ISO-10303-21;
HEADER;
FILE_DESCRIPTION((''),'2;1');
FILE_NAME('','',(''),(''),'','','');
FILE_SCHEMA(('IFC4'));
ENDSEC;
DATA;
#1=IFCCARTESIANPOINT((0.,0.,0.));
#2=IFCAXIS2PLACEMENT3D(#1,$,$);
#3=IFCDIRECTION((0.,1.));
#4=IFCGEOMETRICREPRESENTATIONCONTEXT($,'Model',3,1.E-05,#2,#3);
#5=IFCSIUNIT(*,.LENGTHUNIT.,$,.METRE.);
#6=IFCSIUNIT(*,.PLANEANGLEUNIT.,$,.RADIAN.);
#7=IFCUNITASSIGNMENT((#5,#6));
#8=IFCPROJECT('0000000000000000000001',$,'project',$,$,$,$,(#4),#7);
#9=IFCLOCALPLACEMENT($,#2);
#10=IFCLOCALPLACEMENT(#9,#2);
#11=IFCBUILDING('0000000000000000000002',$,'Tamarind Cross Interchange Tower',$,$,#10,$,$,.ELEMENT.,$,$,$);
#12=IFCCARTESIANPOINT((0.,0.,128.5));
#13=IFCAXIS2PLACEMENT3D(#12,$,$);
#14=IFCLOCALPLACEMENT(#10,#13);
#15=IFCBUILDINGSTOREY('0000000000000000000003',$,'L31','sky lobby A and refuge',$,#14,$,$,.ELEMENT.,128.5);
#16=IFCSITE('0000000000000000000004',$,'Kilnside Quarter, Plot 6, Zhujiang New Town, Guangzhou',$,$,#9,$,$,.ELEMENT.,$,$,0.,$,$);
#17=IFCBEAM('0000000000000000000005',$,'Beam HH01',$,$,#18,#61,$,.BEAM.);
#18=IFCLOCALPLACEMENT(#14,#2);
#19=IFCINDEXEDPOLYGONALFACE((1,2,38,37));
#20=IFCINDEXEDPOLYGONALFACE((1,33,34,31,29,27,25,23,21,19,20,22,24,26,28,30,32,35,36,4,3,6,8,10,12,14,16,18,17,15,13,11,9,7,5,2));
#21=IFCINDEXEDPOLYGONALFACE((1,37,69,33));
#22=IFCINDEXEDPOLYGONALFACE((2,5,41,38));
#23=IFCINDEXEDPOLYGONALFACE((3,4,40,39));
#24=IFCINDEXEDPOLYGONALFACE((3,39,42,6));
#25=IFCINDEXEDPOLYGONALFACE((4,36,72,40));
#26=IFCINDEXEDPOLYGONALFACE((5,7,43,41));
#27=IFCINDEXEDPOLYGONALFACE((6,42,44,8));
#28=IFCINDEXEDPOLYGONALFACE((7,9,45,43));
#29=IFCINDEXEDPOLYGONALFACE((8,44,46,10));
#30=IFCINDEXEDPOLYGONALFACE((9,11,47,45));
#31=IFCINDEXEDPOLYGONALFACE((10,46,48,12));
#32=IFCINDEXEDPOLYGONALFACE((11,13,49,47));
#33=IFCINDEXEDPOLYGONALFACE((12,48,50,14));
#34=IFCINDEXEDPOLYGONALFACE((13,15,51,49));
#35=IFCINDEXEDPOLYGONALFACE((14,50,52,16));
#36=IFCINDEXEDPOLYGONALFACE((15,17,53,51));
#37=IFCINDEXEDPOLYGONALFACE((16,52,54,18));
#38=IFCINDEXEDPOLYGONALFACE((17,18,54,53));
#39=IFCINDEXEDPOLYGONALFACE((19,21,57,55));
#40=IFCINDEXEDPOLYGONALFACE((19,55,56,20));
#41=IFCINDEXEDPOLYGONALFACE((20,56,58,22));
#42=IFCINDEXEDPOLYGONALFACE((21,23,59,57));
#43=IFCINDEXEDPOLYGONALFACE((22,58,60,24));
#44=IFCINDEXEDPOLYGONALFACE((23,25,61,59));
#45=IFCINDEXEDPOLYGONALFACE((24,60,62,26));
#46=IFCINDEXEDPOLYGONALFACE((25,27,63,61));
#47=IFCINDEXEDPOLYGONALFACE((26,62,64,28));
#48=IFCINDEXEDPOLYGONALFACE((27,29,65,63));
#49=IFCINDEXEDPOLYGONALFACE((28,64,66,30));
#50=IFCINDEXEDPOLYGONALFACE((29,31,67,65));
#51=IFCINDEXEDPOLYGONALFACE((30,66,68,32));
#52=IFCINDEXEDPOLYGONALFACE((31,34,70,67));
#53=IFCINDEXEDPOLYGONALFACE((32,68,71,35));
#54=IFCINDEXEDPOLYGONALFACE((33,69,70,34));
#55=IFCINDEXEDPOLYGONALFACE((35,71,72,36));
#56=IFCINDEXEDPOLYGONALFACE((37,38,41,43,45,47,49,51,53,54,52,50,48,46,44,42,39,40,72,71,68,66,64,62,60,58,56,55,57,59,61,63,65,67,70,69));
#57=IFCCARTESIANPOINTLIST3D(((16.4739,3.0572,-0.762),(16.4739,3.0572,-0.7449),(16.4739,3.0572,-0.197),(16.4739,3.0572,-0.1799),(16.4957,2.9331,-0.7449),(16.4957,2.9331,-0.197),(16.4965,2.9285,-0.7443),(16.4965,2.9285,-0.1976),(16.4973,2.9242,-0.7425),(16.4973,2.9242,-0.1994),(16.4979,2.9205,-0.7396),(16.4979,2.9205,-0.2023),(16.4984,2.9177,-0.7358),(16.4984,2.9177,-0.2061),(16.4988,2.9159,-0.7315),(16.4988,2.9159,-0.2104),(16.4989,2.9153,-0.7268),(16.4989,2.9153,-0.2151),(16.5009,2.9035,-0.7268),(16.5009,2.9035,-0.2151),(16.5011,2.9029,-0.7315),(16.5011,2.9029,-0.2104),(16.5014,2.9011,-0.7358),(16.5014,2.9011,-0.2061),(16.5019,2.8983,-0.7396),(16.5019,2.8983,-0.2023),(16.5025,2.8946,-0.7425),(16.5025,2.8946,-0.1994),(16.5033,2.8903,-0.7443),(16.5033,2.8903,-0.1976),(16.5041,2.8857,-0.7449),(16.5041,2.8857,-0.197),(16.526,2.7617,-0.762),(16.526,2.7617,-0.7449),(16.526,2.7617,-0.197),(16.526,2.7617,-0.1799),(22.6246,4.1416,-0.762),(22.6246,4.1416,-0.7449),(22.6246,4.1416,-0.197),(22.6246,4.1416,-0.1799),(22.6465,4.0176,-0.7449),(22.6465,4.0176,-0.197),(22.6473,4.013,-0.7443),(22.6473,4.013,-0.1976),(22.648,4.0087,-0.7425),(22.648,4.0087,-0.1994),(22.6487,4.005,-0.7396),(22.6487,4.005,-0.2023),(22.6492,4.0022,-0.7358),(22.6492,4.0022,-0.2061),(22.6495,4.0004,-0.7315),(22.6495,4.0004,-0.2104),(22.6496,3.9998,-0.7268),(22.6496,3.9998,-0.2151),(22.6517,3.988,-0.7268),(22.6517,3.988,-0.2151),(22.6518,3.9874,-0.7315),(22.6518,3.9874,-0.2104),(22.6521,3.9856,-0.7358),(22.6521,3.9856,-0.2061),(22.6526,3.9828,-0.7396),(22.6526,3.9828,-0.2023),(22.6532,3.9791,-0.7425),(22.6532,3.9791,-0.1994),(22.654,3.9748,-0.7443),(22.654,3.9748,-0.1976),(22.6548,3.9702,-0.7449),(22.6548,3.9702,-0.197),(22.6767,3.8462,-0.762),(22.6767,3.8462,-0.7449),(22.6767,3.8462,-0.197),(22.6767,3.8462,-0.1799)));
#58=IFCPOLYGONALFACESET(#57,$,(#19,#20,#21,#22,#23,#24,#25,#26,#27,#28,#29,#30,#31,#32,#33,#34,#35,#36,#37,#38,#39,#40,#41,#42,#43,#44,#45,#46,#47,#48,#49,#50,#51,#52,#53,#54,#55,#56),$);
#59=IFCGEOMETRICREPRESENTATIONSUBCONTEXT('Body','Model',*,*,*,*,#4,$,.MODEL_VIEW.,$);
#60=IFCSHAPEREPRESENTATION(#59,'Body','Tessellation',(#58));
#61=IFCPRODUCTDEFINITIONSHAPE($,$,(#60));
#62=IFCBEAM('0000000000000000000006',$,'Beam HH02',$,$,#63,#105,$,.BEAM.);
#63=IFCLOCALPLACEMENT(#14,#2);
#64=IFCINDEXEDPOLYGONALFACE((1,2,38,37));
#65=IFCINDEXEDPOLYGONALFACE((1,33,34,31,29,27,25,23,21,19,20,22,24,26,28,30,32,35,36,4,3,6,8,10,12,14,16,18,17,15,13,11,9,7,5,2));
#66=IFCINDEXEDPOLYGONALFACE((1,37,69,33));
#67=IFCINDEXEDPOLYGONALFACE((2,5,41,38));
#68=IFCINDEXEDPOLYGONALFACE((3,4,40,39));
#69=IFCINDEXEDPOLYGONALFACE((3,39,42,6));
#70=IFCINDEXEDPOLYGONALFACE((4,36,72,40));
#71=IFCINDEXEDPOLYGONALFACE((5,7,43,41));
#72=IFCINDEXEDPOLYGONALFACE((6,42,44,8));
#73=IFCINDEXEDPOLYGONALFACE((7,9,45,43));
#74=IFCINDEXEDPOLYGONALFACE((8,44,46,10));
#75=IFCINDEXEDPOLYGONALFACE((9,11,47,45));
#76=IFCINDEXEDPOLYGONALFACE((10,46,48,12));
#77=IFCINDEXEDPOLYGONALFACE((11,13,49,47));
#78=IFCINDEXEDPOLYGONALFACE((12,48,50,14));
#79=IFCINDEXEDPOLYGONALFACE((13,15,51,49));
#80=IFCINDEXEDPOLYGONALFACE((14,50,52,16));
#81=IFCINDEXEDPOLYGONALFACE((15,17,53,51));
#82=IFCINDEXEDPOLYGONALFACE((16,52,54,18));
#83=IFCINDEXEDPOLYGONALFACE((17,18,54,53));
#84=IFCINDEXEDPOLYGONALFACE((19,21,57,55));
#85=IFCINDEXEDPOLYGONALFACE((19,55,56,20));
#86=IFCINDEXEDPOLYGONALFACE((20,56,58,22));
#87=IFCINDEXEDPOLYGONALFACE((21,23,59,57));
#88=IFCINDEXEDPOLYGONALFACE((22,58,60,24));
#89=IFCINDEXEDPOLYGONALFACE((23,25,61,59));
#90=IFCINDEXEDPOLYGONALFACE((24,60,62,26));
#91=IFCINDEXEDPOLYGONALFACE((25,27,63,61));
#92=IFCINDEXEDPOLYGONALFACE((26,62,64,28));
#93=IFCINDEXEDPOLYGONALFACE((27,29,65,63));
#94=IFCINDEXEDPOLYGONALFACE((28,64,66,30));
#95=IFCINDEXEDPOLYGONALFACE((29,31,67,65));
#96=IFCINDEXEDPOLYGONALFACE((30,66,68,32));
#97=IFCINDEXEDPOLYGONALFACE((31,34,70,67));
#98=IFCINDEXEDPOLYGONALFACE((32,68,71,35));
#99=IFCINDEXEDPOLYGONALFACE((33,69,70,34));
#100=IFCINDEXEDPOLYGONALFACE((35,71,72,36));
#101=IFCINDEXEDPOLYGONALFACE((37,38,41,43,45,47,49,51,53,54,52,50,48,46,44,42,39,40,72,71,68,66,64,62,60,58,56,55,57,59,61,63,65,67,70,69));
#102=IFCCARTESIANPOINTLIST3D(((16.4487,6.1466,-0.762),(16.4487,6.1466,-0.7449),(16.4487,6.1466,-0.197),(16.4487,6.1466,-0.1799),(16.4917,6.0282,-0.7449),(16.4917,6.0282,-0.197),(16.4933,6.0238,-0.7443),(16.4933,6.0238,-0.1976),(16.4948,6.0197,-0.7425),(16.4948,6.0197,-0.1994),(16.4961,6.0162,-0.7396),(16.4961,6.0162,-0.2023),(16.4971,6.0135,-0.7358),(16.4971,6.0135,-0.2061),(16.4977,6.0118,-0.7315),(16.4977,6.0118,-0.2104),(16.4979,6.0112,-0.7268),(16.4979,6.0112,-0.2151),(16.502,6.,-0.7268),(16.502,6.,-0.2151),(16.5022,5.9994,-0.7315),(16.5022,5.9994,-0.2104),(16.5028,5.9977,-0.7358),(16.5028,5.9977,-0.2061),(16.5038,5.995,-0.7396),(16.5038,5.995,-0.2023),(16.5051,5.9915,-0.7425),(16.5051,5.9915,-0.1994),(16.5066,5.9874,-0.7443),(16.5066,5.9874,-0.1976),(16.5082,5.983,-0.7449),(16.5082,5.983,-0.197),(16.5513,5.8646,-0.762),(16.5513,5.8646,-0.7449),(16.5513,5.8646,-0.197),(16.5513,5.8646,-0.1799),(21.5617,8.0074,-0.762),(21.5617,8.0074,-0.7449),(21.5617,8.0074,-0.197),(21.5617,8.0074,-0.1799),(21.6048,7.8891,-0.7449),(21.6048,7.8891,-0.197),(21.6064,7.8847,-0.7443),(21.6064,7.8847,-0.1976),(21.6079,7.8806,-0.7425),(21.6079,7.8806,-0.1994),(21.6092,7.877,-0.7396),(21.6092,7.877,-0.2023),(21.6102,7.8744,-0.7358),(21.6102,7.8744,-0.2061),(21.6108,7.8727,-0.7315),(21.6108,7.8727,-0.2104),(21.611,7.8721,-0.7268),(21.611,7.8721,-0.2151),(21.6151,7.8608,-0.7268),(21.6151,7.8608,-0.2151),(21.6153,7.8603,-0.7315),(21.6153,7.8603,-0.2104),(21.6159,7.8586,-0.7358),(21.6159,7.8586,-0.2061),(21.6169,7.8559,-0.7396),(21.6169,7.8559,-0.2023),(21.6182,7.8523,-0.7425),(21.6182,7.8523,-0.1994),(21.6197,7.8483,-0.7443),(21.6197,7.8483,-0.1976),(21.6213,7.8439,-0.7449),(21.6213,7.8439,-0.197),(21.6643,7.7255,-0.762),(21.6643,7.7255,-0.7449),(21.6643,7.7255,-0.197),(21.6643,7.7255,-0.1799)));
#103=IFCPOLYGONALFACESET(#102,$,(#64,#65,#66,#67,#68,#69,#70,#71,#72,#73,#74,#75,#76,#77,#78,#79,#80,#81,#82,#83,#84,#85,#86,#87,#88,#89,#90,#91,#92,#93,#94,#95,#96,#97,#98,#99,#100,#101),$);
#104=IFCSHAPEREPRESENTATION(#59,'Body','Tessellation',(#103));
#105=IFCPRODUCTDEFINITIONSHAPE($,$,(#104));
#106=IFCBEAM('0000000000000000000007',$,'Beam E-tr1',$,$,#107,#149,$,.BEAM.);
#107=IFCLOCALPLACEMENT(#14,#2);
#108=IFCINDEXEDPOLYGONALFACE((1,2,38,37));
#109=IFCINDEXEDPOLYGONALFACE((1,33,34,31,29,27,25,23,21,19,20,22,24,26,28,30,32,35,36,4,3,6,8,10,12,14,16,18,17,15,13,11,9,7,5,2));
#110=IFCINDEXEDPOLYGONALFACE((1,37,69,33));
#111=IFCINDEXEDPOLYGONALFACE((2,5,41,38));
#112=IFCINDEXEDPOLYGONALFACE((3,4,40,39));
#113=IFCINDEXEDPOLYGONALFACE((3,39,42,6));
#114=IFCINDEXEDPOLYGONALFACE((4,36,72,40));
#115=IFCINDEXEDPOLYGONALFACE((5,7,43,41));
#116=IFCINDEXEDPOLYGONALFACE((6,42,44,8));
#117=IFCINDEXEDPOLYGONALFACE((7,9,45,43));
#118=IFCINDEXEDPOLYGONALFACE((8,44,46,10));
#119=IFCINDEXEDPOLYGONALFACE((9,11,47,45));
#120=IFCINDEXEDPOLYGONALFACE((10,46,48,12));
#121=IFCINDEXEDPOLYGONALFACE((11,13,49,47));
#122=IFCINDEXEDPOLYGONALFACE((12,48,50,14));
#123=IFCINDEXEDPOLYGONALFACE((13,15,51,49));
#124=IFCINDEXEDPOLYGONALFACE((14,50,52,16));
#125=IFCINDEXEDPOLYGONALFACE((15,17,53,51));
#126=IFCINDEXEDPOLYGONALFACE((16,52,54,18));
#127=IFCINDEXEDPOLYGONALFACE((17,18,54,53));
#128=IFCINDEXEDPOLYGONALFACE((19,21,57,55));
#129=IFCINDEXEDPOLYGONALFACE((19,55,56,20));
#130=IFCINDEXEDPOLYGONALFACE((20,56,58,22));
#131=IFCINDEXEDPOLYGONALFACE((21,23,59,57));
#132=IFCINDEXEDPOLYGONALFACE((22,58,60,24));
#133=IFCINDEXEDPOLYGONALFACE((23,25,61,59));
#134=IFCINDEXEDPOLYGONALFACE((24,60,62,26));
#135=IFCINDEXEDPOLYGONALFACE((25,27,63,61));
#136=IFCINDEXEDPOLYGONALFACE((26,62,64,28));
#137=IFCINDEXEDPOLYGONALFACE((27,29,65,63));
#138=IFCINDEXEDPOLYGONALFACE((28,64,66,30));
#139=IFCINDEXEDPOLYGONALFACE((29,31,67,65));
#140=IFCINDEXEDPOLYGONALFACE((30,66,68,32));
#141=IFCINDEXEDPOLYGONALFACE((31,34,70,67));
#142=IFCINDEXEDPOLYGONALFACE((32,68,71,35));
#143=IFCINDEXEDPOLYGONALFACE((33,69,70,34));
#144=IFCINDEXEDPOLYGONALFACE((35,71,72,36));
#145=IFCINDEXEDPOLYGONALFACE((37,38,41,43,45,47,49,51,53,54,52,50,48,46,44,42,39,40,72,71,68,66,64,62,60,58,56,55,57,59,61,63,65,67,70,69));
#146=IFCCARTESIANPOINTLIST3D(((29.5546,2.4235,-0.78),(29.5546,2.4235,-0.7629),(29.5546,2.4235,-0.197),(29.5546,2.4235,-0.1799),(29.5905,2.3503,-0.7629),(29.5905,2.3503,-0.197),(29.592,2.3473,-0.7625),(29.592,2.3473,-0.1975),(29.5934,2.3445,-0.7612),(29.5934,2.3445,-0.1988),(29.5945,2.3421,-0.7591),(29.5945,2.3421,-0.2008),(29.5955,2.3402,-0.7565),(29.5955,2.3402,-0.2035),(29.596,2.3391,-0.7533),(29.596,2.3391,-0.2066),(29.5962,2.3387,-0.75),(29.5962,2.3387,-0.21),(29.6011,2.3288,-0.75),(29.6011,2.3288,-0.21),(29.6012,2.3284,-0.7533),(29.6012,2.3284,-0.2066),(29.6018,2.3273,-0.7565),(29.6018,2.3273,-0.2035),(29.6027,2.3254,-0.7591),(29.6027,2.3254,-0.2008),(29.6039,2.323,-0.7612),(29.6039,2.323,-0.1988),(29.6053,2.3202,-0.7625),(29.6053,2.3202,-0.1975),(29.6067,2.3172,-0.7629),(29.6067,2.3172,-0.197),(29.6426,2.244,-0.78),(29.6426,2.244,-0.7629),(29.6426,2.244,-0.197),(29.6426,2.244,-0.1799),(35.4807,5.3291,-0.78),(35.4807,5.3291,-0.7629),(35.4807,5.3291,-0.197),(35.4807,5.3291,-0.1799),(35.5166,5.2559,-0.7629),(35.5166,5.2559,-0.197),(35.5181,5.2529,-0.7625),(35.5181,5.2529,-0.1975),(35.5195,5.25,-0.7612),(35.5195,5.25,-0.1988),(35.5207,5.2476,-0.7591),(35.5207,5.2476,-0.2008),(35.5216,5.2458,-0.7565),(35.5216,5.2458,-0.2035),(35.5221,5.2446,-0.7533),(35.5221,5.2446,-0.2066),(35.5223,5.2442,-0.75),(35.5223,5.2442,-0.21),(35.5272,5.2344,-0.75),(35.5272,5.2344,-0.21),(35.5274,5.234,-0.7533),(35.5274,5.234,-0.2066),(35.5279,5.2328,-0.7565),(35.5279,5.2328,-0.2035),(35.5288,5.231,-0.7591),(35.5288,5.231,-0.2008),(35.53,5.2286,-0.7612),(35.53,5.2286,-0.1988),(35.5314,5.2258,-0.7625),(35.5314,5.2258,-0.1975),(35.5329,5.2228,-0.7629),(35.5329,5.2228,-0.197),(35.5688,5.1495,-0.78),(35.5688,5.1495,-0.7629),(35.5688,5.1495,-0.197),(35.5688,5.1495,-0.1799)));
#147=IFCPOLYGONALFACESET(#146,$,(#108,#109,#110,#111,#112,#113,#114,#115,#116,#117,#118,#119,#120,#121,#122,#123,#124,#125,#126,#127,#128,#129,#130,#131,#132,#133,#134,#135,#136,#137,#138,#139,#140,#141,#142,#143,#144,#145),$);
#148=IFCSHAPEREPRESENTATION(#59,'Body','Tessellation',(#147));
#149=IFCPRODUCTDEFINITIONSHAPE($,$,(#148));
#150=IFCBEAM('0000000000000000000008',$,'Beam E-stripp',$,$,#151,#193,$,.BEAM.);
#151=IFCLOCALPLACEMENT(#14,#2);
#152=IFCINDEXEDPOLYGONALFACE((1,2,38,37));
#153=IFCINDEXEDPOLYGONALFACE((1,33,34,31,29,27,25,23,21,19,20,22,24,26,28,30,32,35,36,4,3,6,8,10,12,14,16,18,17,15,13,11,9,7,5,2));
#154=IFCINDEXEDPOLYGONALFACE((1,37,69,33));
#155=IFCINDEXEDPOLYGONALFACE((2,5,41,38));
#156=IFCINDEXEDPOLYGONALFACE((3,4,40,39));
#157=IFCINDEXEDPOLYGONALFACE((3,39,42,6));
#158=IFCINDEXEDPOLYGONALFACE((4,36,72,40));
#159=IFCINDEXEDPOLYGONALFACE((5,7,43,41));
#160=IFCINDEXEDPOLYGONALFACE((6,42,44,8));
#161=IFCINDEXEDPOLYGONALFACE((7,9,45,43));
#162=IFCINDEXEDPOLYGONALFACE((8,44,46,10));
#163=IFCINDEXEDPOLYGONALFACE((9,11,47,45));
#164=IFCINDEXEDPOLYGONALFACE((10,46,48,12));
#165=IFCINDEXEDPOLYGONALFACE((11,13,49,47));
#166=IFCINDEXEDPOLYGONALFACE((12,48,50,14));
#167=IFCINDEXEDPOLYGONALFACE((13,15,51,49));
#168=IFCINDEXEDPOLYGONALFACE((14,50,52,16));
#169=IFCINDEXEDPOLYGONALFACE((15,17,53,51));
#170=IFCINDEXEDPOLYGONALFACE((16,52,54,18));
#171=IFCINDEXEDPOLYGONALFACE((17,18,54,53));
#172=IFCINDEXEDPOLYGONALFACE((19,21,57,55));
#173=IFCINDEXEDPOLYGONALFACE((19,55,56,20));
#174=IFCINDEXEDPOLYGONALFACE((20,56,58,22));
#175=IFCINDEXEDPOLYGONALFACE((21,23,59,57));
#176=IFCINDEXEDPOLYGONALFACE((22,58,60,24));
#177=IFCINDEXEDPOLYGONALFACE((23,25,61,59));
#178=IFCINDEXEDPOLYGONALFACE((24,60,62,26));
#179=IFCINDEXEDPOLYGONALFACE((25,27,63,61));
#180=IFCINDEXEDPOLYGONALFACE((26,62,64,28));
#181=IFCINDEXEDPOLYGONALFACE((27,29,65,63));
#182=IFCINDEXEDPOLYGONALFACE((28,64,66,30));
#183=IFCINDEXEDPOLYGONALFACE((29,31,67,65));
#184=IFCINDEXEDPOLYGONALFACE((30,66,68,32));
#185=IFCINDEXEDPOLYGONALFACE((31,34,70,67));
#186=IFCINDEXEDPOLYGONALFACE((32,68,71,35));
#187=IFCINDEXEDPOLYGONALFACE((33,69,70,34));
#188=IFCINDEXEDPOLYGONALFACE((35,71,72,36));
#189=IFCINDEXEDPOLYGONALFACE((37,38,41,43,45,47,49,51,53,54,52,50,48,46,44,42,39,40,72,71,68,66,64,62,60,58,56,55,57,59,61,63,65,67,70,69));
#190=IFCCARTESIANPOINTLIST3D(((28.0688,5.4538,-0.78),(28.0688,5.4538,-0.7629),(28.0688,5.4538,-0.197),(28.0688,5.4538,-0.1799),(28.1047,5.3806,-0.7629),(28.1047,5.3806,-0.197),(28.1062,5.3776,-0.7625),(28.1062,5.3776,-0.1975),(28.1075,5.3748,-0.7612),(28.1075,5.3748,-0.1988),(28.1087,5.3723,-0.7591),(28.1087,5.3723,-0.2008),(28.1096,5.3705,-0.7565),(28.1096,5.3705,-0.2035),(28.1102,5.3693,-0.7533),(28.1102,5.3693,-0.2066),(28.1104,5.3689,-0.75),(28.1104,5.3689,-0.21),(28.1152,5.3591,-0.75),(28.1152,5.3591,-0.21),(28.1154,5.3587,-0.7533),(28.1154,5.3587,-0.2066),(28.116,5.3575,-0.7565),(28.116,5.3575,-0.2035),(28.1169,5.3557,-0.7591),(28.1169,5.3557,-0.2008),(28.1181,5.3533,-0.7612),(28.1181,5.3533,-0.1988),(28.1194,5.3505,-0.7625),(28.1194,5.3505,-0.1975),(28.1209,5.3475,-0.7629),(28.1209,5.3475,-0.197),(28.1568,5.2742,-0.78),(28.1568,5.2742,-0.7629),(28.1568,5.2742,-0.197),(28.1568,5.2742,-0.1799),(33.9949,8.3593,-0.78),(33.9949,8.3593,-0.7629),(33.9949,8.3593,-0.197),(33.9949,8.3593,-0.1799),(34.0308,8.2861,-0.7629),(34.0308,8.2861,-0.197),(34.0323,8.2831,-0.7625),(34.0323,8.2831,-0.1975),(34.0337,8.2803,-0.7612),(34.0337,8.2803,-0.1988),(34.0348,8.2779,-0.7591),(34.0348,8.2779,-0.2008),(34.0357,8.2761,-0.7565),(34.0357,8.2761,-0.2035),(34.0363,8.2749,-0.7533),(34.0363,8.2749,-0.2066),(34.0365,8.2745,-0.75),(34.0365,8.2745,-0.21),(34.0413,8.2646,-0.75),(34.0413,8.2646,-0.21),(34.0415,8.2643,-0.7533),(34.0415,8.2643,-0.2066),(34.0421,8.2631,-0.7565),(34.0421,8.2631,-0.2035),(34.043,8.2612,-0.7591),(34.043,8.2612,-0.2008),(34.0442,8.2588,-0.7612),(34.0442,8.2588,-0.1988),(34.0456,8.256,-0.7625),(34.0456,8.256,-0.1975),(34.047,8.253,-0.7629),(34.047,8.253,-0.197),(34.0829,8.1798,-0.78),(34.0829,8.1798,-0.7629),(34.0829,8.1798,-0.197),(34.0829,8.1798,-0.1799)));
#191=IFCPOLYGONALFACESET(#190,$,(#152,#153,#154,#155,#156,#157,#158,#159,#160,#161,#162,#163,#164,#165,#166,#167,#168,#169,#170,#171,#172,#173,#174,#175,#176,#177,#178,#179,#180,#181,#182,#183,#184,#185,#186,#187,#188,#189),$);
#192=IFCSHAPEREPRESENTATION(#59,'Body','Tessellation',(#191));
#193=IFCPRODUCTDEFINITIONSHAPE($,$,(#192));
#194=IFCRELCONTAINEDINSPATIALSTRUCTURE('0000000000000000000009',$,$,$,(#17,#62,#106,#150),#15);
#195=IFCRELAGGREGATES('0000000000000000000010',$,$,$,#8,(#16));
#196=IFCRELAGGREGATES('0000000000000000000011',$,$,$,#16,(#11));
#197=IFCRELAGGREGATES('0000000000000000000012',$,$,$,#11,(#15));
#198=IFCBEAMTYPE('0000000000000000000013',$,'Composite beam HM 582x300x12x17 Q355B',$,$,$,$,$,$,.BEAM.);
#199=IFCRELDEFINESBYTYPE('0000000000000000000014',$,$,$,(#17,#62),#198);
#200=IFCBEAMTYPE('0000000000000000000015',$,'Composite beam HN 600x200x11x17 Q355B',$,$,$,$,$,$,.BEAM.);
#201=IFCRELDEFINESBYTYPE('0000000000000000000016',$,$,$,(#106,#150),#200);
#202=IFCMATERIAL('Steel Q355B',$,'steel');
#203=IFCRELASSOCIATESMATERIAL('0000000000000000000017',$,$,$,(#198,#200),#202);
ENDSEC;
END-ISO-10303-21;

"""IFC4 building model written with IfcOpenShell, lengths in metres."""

from ifc_helpers import new_model, si_unit, direction, frame, origin, origin_2d, place, context, subcontext, project, spatial, i_section, extrude, material, material_profile, profile_set, type_object, element, save


model = new_model("IFC4")

# Units and contexts
model_context = context("Model", 3, precision=1e-05, world=origin(), true_north=direction((0.0, 1.0)))
body_context = subcontext(model_context, "Body", "Model", "MODEL_VIEW")
ifc_project = project(units=[si_unit("LENGTHUNIT", "METRE"), si_unit("PLANEANGLEUNIT", "RADIAN")], contexts=[model_context])

# Site, building, storey
site_placement = place(None, origin())
site = spatial("IfcSite", under=ifc_project, at=site_placement, Name="Kilnside Quarter, Plot 6, Zhujiang New Town, Guangzhou", CompositionType="ELEMENT", RefElevation=0.0)
building_placement = place(site_placement, origin())
building = spatial("IfcBuilding", under=site, at=building_placement, Name="Tamarind Cross Interchange Tower", CompositionType="ELEMENT")
storey_placement = place(building_placement, frame((0.0, 0.0, 128.5)))
storey = spatial("IfcBuildingStorey", under=building, at=storey_placement, Name="L31", Description="sky lobby A and refuge", CompositionType="ELEMENT", Elevation=128.5)

# Beams
ifc_material_1 = material(Name="Steel Q355B", Category="steel")
ifc_material_profile_1 = material_profile(ifc_material_1, i_section(OverallWidth=0.3, OverallDepth=0.582, WebThickness=0.012, FlangeThickness=0.0171, FilletRadius=0.0181, at=origin_2d()), Name="HM 582x300x12x17")
ifc_profile_set_1 = profile_set([ifc_material_profile_1], Name="Steel Q355B")
beam_type_1 = type_object("IfcBeamType", Name="Composite beam HM 582x300x12x17 Q355B", PredefinedType="BEAM", material=ifc_profile_set_1)
beam_1_placement = place(storey_placement, frame((22.6506, 3.9939, -0.4709), z_axis=(-0.984809, -0.17364, 0.0), x_axis=(0.17364, -0.984809, 0.0)))
element("IfcBeam", 1, at=beam_1_placement, inside=storey, type_object=beam_type_1, Name="Beam HH01", PredefinedType="BEAM", context=body_context, shape_type="SweptSolid", body=[
    extrude(i_section(OverallWidth=0.3, OverallDepth=0.582, WebThickness=0.012, FlangeThickness=0.0171, FilletRadius=0.0181, at=origin_2d()), origin(), (0.0, 0.0, 1.0), 6.2456),
])
beam_2_placement = place(storey_placement, frame((21.613, 7.8665, -0.4709), z_axis=(-0.939702, -0.341995, 0.0), x_axis=(0.341995, -0.939702, 0.0)))
element("IfcBeam", 2, at=beam_2_placement, inside=storey, type_object=beam_type_1, Name="Beam HH02", PredefinedType="BEAM", context=body_context, shape_type="SweptSolid", body=[
    extrude(i_section(OverallWidth=0.3, OverallDepth=0.582, WebThickness=0.012, FlangeThickness=0.0171, FilletRadius=0.0181, at=origin_2d()), origin(), (0.0, 0.0, 1.0), 5.4412),
])
ifc_material_profile_2 = material_profile(ifc_material_1, i_section(OverallWidth=0.2, OverallDepth=0.6001, WebThickness=0.011, FlangeThickness=0.0171, FilletRadius=0.0129, at=origin_2d()), Name="HN 600x200x11x17")
ifc_profile_set_2 = profile_set([ifc_material_profile_2], Name="Steel Q355B")
beam_type_2 = type_object("IfcBeamType", Name="Composite beam HN 600x200x11x17 Q355B", PredefinedType="BEAM", material=ifc_profile_set_2)
for number, where, z_axis, x_axis, name in (
    (3, (29.5986, 2.3337, -0.48), (0.897885, 0.440231, 0.0), (-0.440231, 0.897885, 0.0), "Beam E-tr1"),
    (4, (28.1128, 5.364, -0.48), (0.897885, 0.440231, 0.0), (-0.440231, 0.897885, 0.0), "Beam E-stripp"),
):
    element("IfcBeam", number, at=place(storey_placement, frame(where, z_axis=z_axis, x_axis=x_axis)), inside=storey, type_object=beam_type_2, Name=name, PredefinedType="BEAM", context=body_context, shape_type="SweptSolid", body=[
        extrude(i_section(OverallWidth=0.2, OverallDepth=0.6001, WebThickness=0.011, FlangeThickness=0.0171, FilletRadius=0.0129, at=origin_2d()), origin(), (0.0, 0.0, 1.0), 6.6001),
    ])

save(model, "model.ifc")
